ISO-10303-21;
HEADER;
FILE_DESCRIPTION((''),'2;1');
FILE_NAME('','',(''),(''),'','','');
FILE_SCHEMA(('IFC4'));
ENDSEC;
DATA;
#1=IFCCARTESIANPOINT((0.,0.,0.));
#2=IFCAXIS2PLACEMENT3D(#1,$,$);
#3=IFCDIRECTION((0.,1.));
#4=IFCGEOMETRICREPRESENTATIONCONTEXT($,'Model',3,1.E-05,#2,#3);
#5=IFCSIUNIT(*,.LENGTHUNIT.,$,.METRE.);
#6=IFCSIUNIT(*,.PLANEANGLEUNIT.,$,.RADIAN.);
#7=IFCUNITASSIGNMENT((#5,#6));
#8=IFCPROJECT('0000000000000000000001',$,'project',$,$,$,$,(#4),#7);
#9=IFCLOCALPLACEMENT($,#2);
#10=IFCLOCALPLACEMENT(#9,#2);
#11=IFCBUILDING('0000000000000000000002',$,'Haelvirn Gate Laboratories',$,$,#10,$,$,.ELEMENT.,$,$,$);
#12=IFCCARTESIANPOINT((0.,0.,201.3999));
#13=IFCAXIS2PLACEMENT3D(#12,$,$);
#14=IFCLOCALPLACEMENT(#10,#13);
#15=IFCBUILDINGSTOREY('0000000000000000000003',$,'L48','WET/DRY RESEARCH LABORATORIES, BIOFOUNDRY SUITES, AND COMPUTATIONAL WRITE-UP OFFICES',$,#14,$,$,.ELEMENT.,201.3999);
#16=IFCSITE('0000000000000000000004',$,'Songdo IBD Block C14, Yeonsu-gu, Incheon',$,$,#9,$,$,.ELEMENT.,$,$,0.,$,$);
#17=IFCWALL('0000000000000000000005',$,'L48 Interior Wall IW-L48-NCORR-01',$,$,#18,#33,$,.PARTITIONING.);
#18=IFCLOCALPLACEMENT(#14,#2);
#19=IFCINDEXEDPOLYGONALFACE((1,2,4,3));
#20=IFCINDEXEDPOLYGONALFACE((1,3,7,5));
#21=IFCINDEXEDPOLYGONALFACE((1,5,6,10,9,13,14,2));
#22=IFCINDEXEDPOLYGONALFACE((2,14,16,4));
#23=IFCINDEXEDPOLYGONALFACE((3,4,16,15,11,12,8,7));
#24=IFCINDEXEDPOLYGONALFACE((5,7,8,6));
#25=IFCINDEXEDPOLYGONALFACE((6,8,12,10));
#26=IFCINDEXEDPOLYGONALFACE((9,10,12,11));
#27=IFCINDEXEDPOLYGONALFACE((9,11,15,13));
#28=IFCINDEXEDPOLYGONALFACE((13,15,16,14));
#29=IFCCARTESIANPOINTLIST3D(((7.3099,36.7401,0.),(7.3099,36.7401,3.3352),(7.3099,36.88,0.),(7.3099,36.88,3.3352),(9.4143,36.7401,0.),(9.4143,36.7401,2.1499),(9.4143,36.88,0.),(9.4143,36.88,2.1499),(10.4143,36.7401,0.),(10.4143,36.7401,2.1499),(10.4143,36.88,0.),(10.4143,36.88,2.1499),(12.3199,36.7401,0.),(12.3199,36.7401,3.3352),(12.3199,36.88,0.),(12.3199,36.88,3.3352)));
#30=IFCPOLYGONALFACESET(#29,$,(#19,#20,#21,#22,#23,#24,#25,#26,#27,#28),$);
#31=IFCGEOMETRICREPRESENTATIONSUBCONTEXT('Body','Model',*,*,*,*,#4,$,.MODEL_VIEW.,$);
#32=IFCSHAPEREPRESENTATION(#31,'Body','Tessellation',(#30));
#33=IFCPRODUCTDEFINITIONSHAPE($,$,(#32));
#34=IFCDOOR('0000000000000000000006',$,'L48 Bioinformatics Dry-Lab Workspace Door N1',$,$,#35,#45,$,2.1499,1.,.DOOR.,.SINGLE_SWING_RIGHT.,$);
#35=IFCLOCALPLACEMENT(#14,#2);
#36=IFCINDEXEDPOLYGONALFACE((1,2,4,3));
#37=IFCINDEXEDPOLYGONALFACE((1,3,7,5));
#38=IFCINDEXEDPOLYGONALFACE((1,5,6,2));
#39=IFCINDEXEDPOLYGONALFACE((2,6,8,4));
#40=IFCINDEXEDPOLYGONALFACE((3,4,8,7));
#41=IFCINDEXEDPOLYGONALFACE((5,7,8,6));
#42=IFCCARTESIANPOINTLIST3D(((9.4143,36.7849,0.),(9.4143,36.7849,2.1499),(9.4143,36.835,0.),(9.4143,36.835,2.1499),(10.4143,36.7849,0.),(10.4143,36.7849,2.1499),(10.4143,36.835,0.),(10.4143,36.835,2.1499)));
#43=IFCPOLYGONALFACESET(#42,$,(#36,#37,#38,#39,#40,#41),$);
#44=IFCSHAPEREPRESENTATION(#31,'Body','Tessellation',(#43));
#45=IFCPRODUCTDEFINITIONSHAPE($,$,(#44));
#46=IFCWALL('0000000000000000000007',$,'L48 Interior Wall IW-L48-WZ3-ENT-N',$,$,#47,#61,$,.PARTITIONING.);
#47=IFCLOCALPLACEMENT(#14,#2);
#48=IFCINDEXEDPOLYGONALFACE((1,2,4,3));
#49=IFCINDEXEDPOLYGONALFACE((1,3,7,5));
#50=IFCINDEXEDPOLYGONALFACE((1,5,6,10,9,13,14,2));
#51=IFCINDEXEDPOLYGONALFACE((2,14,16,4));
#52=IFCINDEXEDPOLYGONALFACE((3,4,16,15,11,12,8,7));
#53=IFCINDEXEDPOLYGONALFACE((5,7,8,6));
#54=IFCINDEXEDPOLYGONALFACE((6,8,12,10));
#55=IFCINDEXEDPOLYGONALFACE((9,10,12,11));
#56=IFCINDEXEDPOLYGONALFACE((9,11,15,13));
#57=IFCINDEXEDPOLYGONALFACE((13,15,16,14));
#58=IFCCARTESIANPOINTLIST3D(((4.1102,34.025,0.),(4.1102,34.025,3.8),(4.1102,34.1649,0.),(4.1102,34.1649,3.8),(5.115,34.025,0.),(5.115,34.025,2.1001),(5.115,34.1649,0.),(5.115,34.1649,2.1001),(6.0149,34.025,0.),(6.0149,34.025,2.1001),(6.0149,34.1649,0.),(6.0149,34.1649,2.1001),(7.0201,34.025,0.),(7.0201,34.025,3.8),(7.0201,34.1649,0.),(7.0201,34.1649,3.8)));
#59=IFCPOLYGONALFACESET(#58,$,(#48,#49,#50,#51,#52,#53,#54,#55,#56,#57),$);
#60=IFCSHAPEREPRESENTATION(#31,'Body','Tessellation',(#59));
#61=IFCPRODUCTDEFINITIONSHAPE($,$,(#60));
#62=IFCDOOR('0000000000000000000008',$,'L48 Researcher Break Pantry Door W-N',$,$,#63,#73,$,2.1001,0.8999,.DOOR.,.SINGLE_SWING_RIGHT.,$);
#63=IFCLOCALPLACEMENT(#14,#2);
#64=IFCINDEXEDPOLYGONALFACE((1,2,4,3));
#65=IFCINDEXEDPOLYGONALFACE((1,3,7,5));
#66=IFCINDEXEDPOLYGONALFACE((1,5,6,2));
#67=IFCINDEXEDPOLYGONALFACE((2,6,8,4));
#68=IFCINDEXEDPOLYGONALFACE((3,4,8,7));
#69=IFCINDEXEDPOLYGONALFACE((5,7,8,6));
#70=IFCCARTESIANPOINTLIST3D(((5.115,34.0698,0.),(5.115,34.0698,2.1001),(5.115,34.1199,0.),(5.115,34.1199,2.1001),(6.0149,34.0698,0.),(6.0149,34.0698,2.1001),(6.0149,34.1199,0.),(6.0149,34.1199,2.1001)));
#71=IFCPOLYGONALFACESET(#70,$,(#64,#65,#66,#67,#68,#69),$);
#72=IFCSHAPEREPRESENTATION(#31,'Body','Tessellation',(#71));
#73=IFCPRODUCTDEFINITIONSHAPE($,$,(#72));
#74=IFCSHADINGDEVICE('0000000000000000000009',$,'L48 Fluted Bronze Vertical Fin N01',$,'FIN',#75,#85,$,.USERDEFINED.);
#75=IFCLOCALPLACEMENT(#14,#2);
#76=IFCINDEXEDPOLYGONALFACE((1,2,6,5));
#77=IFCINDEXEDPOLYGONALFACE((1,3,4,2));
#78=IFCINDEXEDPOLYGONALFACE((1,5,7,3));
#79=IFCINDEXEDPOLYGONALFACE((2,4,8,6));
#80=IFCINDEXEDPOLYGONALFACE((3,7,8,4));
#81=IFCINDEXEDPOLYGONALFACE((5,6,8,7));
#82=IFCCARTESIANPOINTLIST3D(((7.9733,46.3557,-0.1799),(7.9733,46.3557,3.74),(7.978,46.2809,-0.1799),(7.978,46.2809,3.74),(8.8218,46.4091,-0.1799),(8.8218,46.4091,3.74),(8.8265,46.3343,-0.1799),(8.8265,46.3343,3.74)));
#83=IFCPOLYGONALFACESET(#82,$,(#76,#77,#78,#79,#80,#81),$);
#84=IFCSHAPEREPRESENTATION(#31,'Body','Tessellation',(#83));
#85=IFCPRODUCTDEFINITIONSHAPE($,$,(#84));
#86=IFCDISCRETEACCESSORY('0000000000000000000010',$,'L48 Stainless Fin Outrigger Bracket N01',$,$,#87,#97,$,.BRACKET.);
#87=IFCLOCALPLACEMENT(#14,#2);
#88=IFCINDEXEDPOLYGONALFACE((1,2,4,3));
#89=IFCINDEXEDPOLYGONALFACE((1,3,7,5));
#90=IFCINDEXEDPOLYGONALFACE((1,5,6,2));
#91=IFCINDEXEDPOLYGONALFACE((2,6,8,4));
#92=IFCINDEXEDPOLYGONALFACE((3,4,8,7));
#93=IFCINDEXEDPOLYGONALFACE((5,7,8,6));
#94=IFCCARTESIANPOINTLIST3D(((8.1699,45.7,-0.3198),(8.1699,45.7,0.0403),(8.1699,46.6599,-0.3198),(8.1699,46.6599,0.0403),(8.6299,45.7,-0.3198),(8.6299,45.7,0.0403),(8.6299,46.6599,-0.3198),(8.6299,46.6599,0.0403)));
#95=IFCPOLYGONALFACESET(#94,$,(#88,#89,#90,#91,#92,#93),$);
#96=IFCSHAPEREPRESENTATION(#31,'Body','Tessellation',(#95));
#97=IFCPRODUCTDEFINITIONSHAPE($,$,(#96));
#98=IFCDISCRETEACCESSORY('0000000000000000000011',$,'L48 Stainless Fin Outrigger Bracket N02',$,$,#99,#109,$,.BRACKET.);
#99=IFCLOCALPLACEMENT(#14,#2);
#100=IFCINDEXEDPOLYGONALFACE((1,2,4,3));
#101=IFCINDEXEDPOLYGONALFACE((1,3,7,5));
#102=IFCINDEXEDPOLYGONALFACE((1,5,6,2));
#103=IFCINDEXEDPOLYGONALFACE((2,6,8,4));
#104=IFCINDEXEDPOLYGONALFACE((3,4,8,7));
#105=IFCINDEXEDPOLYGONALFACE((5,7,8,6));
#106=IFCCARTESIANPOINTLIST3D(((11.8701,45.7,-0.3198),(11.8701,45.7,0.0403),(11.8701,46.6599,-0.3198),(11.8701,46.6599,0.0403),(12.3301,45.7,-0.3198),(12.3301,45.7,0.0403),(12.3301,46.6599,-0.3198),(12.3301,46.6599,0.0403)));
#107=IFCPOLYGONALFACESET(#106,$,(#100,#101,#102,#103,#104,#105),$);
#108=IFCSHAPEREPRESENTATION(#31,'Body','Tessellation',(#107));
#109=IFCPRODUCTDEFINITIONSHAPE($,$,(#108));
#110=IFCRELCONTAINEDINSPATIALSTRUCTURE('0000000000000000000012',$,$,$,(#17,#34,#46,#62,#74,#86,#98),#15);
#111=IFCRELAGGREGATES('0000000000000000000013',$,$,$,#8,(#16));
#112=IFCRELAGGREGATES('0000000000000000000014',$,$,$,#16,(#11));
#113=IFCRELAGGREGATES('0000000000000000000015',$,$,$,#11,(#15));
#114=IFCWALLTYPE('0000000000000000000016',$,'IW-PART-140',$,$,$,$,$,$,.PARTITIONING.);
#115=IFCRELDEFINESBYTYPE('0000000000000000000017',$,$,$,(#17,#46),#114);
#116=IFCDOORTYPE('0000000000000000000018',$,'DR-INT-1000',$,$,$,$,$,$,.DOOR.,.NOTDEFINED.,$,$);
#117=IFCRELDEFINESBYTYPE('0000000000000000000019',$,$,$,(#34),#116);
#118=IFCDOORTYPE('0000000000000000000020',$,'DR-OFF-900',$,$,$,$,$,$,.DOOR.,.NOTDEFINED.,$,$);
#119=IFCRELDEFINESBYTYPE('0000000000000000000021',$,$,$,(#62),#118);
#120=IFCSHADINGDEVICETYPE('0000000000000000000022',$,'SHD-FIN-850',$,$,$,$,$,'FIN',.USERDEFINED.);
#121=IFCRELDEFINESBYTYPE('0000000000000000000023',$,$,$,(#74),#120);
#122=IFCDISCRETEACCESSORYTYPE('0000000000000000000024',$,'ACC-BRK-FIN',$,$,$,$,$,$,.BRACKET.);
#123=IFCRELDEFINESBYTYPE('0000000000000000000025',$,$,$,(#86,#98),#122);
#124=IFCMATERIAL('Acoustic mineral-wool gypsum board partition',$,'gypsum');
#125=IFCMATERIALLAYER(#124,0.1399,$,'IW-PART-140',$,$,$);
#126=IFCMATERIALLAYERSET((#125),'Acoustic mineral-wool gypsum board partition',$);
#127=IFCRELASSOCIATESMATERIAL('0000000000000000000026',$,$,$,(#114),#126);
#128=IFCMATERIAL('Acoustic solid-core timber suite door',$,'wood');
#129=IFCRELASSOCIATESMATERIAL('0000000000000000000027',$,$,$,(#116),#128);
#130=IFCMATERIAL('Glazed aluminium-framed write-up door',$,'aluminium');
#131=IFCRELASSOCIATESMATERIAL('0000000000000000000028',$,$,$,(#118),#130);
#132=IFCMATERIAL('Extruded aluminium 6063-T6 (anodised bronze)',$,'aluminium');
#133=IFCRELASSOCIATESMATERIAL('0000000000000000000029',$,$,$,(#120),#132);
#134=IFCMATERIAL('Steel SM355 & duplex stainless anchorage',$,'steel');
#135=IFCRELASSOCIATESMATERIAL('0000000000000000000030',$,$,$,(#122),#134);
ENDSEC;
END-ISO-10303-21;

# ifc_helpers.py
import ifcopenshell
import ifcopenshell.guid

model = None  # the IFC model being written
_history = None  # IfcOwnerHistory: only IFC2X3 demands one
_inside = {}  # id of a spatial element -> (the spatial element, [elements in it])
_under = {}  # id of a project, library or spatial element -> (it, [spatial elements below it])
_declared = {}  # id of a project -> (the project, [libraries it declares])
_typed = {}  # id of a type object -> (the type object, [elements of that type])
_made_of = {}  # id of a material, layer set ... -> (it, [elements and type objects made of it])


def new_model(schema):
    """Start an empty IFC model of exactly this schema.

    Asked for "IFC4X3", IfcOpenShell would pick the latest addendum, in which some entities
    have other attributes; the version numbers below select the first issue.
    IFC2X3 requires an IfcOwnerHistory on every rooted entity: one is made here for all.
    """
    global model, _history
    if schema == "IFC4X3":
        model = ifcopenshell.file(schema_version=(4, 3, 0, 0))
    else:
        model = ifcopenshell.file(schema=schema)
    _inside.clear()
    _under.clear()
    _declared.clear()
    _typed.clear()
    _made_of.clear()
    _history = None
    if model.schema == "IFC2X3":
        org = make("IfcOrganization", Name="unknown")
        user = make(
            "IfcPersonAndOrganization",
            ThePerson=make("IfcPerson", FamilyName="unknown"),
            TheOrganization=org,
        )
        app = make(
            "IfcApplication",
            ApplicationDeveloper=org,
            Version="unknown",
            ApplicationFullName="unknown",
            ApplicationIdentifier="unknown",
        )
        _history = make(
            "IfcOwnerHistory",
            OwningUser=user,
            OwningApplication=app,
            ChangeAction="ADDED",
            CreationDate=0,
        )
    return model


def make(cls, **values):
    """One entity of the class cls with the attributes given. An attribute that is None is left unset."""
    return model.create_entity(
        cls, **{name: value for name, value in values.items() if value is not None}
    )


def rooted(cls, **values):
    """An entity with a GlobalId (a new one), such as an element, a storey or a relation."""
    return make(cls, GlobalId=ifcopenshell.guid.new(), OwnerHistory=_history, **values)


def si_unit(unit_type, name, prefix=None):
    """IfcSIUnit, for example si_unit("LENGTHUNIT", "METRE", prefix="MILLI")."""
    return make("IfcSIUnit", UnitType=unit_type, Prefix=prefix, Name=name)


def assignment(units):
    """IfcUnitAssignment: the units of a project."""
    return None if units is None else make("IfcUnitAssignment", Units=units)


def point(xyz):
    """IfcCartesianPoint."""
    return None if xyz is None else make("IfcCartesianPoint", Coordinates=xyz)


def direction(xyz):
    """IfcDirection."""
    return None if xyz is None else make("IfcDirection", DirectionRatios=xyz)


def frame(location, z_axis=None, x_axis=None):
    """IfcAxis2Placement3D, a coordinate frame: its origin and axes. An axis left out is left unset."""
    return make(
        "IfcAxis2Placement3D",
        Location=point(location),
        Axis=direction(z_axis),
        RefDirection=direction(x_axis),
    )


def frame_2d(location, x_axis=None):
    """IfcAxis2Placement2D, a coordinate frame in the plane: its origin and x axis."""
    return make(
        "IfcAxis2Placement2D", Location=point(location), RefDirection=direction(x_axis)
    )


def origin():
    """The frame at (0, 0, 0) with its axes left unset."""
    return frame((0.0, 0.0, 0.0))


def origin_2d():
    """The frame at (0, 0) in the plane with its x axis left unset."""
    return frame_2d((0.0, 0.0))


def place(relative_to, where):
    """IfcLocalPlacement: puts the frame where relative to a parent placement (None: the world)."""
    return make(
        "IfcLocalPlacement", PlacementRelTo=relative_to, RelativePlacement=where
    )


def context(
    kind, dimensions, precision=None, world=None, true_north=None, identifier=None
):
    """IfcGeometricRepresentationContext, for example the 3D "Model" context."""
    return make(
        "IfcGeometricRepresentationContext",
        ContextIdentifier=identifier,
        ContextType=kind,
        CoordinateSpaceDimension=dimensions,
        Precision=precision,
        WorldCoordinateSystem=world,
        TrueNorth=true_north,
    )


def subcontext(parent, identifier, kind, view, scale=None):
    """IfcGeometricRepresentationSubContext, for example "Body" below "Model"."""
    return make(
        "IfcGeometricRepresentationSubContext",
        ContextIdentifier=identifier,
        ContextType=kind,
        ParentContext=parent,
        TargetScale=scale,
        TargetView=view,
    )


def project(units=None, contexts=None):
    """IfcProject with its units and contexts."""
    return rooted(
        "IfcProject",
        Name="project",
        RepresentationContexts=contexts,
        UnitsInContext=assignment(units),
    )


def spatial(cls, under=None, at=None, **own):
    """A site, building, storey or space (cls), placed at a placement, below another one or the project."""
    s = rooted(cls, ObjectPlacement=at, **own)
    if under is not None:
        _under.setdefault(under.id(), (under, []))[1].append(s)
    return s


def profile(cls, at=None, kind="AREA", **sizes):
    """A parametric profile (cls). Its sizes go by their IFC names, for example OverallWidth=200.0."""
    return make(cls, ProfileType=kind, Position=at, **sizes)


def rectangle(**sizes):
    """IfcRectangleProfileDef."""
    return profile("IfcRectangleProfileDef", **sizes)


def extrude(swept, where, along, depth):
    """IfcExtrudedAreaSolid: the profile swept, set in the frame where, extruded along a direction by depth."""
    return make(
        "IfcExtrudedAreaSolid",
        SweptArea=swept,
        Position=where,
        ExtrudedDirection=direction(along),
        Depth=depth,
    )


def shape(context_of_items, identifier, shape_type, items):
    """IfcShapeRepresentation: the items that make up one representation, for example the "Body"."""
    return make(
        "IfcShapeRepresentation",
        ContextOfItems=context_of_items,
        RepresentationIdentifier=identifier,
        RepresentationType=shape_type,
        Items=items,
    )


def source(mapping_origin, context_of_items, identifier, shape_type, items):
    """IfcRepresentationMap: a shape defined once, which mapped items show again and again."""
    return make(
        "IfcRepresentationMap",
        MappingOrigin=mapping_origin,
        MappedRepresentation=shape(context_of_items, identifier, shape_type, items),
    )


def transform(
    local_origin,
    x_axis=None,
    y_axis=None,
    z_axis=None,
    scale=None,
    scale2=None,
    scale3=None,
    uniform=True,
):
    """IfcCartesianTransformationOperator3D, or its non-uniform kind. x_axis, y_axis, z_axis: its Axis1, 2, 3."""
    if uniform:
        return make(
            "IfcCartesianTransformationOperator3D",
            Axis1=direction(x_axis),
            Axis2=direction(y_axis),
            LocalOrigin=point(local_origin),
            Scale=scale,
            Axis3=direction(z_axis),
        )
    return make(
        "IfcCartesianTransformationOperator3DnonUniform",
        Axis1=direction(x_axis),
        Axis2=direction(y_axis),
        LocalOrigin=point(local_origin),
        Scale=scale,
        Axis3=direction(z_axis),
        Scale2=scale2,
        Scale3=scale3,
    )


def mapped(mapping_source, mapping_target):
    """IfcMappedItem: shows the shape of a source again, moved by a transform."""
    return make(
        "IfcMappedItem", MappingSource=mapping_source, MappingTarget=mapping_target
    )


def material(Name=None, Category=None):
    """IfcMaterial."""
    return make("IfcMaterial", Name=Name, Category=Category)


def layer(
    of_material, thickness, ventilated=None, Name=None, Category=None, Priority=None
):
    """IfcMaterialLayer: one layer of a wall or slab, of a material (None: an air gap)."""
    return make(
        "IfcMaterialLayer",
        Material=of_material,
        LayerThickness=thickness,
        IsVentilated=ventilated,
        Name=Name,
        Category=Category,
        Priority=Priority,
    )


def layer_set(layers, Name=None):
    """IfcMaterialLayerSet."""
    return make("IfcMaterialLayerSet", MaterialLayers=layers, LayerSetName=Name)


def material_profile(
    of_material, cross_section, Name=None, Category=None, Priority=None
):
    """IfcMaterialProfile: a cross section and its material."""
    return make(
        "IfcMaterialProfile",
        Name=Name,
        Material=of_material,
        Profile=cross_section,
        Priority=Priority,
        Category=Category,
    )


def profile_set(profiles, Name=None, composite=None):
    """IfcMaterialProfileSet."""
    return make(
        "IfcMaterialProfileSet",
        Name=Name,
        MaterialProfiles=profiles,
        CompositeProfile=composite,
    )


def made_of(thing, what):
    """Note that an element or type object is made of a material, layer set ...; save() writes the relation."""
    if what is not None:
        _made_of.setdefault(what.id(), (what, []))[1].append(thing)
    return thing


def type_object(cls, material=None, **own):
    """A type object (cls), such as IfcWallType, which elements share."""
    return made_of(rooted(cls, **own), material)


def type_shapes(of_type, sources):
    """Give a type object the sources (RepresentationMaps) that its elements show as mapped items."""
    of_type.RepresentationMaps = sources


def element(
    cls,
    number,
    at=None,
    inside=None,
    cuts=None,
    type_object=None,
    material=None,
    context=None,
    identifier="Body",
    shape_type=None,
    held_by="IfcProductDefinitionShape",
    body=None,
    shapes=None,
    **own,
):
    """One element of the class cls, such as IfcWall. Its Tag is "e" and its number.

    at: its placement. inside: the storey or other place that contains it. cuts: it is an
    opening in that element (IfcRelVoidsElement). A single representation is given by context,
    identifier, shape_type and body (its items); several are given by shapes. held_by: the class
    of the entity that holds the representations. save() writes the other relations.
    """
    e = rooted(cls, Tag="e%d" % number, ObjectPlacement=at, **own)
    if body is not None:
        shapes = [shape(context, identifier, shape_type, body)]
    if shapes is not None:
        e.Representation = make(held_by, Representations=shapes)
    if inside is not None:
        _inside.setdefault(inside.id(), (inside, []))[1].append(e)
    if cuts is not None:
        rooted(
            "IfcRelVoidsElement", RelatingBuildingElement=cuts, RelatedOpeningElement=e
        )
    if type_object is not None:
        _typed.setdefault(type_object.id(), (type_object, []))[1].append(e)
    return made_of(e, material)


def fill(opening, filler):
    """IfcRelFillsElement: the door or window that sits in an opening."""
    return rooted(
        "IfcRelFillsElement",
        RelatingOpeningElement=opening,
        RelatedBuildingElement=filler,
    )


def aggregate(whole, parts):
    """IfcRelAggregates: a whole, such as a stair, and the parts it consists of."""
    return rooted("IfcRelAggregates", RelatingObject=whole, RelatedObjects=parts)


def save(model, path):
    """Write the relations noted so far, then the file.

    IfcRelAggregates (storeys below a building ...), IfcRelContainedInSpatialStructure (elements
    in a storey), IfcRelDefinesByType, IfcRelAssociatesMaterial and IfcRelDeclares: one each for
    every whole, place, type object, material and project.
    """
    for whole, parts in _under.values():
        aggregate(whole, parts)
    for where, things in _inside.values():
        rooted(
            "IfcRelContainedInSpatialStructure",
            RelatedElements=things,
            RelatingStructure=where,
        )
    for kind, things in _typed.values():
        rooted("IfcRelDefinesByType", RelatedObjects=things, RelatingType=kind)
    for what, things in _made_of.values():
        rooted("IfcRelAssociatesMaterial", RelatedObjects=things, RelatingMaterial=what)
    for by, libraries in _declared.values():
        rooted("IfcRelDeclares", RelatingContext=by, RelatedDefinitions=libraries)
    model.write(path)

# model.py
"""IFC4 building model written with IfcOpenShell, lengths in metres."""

from ifc_helpers import new_model, si_unit, direction, frame, frame_2d, origin, origin_2d, place, context, subcontext, project, spatial, rectangle, extrude, source, transform, mapped, material, layer, layer_set, material_profile, profile_set, type_object, type_shapes, element, fill, save


model = new_model("IFC4")

# Units and contexts
model_context = context("Model", 3, precision=1e-05, world=origin(), true_north=direction((0.0, 1.0)))
body_context = subcontext(model_context, "Body", "Model", "MODEL_VIEW")
ifc_project = project(units=[si_unit("LENGTHUNIT", "METRE"), si_unit("PLANEANGLEUNIT", "RADIAN")], contexts=[model_context])

# Site, building, storey
site_placement = place(None, origin())
site = spatial("IfcSite", under=ifc_project, at=site_placement, Name="Songdo IBD Block C14, Yeonsu-gu, Incheon", CompositionType="ELEMENT", RefElevation=0.0)
building_placement = place(site_placement, origin())
building = spatial("IfcBuilding", under=site, at=building_placement, Name="Haelvirn Gate Laboratories", CompositionType="ELEMENT")
storey_placement = place(building_placement, frame((0.0, 0.0, 201.3999)))
storey = spatial("IfcBuildingStorey", under=building, at=storey_placement, Name="L48", Description="WET/DRY RESEARCH LABORATORIES, BIOFOUNDRY SUITES, AND COMPUTATIONAL WRITE-UP OFFICES", CompositionType="ELEMENT", Elevation=201.3999)

# Shared definitions
ifc_material_1 = material(Name="Extruded aluminium 6063-T6 (anodised bronze)", Category="aluminium")

# Walls, openings, doors
ifc_material_2 = material(Name="Acoustic mineral-wool gypsum board partition", Category="gypsum")
ifc_layer_1 = layer(ifc_material_2, 0.1399, Name="IW-PART-140")
ifc_layer_set_1 = layer_set([ifc_layer_1], Name="Acoustic mineral-wool gypsum board partition")
wall_type_1 = type_object("IfcWallType", Name="IW-PART-140", PredefinedType="PARTITIONING", material=ifc_layer_set_1)
wall_1_placement = place(storey_placement, frame((7.3101, 36.8101, 0.0), z_axis=(0.0, 0.0, 1.0), x_axis=(1.0, 0.0, 0.0)))
wall_1 = element("IfcWall", 1, at=wall_1_placement, inside=storey, type_object=wall_type_1, Name="L48 Interior Wall IW-L48-NCORR-01", PredefinedType="PARTITIONING", context=body_context, shape_type="SweptSolid", body=[
    extrude(rectangle(XDim=5.01, YDim=0.1399, at=frame_2d((2.5049, 0.0))), origin(), (0.0, 0.0, 1.0), 3.3352),
])
opening_1_placement = place(wall_1_placement, frame((2.1042, 0.0, 0.0)))
opening_1 = element("IfcOpeningElement", 2, at=opening_1_placement, cuts=wall_1, PredefinedType="OPENING", context=body_context, shape_type="SweptSolid", body=[
    extrude(rectangle(XDim=1.0, YDim=2.1499, at=frame_2d((0.5, 1.075))), frame((0.0, 0.0801, 0.0), z_axis=(0.0, -1.0, 0.0), x_axis=(1.0, 0.0, 0.0)), (0.0, 0.0, 1.0), 0.1599),
])
ifc_material_3 = material(Name="Acoustic solid-core timber suite door", Category="wood")
door_type_1 = type_object("IfcDoorType", Name="DR-INT-1000", OperationType="NOTDEFINED", PredefinedType="DOOR", material=ifc_material_3)
shared_shape_1 = source(origin(), body_context, "Body", "SweptSolid", [
    extrude(rectangle(XDim=1.0, YDim=2.1499, at=frame_2d((0.5, 1.075))), frame((0.0, 0.0249, 0.0), z_axis=(0.0, -1.0, 0.0), x_axis=(1.0, 0.0, 0.0)), (0.0, 0.0, 1.0), 0.05),
])
type_shapes(door_type_1, [shared_shape_1])
door_1_placement = place(opening_1_placement, origin())
door_1 = element("IfcDoor", 3, at=door_1_placement, inside=storey, type_object=door_type_1, Name="L48 Bioinformatics Dry-Lab Workspace Door N1", OperationType="SINGLE_SWING_RIGHT", OverallHeight=2.1499, OverallWidth=1.0, PredefinedType="DOOR", context=body_context, shape_type="MappedRepresentation", body=[
    mapped(shared_shape_1, transform((0.0, 0.0, 0.0), scale=1.0)),
])
fill(opening_1, door_1)
wall_2_placement = place(storey_placement, frame((4.1101, 34.095, 0.0), z_axis=(0.0, 0.0, 1.0), x_axis=(1.0, 0.0, 0.0)))
wall_2 = element("IfcWall", 4, at=wall_2_placement, inside=storey, type_object=wall_type_1, Name="L48 Interior Wall IW-L48-WZ3-ENT-N", PredefinedType="PARTITIONING", context=body_context, shape_type="SweptSolid", body=[
    extrude(rectangle(XDim=2.9099, YDim=0.1399, at=frame_2d((1.4551, 0.0))), origin(), (0.0, 0.0, 1.0), 3.8),
])
opening_2_placement = place(wall_2_placement, frame((1.0049, 0.0, 0.0)))
opening_2 = element("IfcOpeningElement", 5, at=opening_2_placement, cuts=wall_2, PredefinedType="OPENING", context=body_context, shape_type="SweptSolid", body=[
    extrude(rectangle(XDim=0.8999, YDim=2.1001, at=frame_2d((0.45, 1.05))), frame((0.0, 0.0801, 0.0), z_axis=(0.0, -1.0, 0.0), x_axis=(1.0, 0.0, 0.0)), (0.0, 0.0, 1.0), 0.1599),
])
ifc_material_4 = material(Name="Glazed aluminium-framed write-up door", Category="aluminium")
door_type_2 = type_object("IfcDoorType", Name="DR-OFF-900", OperationType="NOTDEFINED", PredefinedType="DOOR", material=ifc_material_4)
shared_shape_2 = source(origin(), body_context, "Body", "SweptSolid", [
    extrude(rectangle(XDim=0.8999, YDim=2.1001, at=frame_2d((0.45, 1.05))), frame((0.0, 0.0249, 0.0), z_axis=(0.0, -1.0, 0.0), x_axis=(1.0, 0.0, 0.0)), (0.0, 0.0, 1.0), 0.05),
])
type_shapes(door_type_2, [shared_shape_2])
door_2_placement = place(opening_2_placement, origin())
door_2 = element("IfcDoor", 6, at=door_2_placement, inside=storey, type_object=door_type_2, Name="L48 Researcher Break Pantry Door W-N", OperationType="SINGLE_SWING_RIGHT", OverallHeight=2.1001, OverallWidth=0.8999, PredefinedType="DOOR", context=body_context, shape_type="MappedRepresentation", body=[
    mapped(shared_shape_2, transform((0.0, 0.0, 0.0), scale=1.0)),
])
fill(opening_2, door_2)

# Shading device
ifc_material_profile_1 = material_profile(ifc_material_1, rectangle(XDim=0.075, YDim=0.8501, at=origin_2d()), Name="FIN-850x75")
ifc_profile_set_1 = profile_set([ifc_material_profile_1], Name="Extruded aluminium 6063-T6 (anodised bronze)")
shading_device_type = type_object("IfcShadingDeviceType", Name="SHD-FIN-850", ElementType="FIN", PredefinedType="USERDEFINED", material=ifc_profile_set_1)
shared_shape_3 = source(origin(), body_context, "Body", "SweptSolid", [
    extrude(rectangle(XDim=0.075, YDim=0.8501, at=origin_2d()), origin(), (0.0, 0.0, 1.0), 3.9199),
])
type_shapes(shading_device_type, [shared_shape_3])
shading_device_placement = place(storey_placement, frame((8.3999, 46.345, -0.1799), z_axis=(0.0, 0.0, 1.0), x_axis=(-0.062791, 0.998027, 0.0)))
element("IfcShadingDevice", 7, at=shading_device_placement, inside=storey, type_object=shading_device_type, Name="L48 Fluted Bronze Vertical Fin N01", ObjectType="FIN", PredefinedType="USERDEFINED", context=body_context, shape_type="MappedRepresentation", body=[
    mapped(shared_shape_3, transform((0.0, 0.0, 0.0), scale=1.0)),
])

# Discrete accessories
ifc_material_5 = material(Name="Steel SM355 & duplex stainless anchorage", Category="steel")
discrete_accessory_type = type_object("IfcDiscreteAccessoryType", Name="ACC-BRK-FIN", PredefinedType="BRACKET", material=ifc_material_5)
shared_shape_4 = source(origin(), body_context, "Body", "SweptSolid", [
    extrude(rectangle(XDim=0.46, YDim=0.96, at=origin_2d()), origin(), (0.0, 0.0, 1.0), 0.3601),
])
type_shapes(discrete_accessory_type, [shared_shape_4])
for number, where, z_axis, x_axis, name in (
    (8, (8.3999, 46.1799, -0.3198), (0.0, 0.0, 1.0), (1.0, 0.0, 0.0), "L48 Stainless Fin Outrigger Bracket N01"),
    (9, (12.1001, 46.1799, -0.3198), (0.0, 0.0, 1.0), (1.0, 0.0, 0.0), "L48 Stainless Fin Outrigger Bracket N02"),
):
    element("IfcDiscreteAccessory", number, at=place(storey_placement, frame(where, z_axis=z_axis, x_axis=x_axis)), inside=storey, type_object=discrete_accessory_type, Name=name, PredefinedType="BRACKET", context=body_context, shape_type="MappedRepresentation", body=[
        mapped(shared_shape_4, transform((0.0, 0.0, 0.0), scale=1.0)),
    ])

save(model, "model.ifc")
